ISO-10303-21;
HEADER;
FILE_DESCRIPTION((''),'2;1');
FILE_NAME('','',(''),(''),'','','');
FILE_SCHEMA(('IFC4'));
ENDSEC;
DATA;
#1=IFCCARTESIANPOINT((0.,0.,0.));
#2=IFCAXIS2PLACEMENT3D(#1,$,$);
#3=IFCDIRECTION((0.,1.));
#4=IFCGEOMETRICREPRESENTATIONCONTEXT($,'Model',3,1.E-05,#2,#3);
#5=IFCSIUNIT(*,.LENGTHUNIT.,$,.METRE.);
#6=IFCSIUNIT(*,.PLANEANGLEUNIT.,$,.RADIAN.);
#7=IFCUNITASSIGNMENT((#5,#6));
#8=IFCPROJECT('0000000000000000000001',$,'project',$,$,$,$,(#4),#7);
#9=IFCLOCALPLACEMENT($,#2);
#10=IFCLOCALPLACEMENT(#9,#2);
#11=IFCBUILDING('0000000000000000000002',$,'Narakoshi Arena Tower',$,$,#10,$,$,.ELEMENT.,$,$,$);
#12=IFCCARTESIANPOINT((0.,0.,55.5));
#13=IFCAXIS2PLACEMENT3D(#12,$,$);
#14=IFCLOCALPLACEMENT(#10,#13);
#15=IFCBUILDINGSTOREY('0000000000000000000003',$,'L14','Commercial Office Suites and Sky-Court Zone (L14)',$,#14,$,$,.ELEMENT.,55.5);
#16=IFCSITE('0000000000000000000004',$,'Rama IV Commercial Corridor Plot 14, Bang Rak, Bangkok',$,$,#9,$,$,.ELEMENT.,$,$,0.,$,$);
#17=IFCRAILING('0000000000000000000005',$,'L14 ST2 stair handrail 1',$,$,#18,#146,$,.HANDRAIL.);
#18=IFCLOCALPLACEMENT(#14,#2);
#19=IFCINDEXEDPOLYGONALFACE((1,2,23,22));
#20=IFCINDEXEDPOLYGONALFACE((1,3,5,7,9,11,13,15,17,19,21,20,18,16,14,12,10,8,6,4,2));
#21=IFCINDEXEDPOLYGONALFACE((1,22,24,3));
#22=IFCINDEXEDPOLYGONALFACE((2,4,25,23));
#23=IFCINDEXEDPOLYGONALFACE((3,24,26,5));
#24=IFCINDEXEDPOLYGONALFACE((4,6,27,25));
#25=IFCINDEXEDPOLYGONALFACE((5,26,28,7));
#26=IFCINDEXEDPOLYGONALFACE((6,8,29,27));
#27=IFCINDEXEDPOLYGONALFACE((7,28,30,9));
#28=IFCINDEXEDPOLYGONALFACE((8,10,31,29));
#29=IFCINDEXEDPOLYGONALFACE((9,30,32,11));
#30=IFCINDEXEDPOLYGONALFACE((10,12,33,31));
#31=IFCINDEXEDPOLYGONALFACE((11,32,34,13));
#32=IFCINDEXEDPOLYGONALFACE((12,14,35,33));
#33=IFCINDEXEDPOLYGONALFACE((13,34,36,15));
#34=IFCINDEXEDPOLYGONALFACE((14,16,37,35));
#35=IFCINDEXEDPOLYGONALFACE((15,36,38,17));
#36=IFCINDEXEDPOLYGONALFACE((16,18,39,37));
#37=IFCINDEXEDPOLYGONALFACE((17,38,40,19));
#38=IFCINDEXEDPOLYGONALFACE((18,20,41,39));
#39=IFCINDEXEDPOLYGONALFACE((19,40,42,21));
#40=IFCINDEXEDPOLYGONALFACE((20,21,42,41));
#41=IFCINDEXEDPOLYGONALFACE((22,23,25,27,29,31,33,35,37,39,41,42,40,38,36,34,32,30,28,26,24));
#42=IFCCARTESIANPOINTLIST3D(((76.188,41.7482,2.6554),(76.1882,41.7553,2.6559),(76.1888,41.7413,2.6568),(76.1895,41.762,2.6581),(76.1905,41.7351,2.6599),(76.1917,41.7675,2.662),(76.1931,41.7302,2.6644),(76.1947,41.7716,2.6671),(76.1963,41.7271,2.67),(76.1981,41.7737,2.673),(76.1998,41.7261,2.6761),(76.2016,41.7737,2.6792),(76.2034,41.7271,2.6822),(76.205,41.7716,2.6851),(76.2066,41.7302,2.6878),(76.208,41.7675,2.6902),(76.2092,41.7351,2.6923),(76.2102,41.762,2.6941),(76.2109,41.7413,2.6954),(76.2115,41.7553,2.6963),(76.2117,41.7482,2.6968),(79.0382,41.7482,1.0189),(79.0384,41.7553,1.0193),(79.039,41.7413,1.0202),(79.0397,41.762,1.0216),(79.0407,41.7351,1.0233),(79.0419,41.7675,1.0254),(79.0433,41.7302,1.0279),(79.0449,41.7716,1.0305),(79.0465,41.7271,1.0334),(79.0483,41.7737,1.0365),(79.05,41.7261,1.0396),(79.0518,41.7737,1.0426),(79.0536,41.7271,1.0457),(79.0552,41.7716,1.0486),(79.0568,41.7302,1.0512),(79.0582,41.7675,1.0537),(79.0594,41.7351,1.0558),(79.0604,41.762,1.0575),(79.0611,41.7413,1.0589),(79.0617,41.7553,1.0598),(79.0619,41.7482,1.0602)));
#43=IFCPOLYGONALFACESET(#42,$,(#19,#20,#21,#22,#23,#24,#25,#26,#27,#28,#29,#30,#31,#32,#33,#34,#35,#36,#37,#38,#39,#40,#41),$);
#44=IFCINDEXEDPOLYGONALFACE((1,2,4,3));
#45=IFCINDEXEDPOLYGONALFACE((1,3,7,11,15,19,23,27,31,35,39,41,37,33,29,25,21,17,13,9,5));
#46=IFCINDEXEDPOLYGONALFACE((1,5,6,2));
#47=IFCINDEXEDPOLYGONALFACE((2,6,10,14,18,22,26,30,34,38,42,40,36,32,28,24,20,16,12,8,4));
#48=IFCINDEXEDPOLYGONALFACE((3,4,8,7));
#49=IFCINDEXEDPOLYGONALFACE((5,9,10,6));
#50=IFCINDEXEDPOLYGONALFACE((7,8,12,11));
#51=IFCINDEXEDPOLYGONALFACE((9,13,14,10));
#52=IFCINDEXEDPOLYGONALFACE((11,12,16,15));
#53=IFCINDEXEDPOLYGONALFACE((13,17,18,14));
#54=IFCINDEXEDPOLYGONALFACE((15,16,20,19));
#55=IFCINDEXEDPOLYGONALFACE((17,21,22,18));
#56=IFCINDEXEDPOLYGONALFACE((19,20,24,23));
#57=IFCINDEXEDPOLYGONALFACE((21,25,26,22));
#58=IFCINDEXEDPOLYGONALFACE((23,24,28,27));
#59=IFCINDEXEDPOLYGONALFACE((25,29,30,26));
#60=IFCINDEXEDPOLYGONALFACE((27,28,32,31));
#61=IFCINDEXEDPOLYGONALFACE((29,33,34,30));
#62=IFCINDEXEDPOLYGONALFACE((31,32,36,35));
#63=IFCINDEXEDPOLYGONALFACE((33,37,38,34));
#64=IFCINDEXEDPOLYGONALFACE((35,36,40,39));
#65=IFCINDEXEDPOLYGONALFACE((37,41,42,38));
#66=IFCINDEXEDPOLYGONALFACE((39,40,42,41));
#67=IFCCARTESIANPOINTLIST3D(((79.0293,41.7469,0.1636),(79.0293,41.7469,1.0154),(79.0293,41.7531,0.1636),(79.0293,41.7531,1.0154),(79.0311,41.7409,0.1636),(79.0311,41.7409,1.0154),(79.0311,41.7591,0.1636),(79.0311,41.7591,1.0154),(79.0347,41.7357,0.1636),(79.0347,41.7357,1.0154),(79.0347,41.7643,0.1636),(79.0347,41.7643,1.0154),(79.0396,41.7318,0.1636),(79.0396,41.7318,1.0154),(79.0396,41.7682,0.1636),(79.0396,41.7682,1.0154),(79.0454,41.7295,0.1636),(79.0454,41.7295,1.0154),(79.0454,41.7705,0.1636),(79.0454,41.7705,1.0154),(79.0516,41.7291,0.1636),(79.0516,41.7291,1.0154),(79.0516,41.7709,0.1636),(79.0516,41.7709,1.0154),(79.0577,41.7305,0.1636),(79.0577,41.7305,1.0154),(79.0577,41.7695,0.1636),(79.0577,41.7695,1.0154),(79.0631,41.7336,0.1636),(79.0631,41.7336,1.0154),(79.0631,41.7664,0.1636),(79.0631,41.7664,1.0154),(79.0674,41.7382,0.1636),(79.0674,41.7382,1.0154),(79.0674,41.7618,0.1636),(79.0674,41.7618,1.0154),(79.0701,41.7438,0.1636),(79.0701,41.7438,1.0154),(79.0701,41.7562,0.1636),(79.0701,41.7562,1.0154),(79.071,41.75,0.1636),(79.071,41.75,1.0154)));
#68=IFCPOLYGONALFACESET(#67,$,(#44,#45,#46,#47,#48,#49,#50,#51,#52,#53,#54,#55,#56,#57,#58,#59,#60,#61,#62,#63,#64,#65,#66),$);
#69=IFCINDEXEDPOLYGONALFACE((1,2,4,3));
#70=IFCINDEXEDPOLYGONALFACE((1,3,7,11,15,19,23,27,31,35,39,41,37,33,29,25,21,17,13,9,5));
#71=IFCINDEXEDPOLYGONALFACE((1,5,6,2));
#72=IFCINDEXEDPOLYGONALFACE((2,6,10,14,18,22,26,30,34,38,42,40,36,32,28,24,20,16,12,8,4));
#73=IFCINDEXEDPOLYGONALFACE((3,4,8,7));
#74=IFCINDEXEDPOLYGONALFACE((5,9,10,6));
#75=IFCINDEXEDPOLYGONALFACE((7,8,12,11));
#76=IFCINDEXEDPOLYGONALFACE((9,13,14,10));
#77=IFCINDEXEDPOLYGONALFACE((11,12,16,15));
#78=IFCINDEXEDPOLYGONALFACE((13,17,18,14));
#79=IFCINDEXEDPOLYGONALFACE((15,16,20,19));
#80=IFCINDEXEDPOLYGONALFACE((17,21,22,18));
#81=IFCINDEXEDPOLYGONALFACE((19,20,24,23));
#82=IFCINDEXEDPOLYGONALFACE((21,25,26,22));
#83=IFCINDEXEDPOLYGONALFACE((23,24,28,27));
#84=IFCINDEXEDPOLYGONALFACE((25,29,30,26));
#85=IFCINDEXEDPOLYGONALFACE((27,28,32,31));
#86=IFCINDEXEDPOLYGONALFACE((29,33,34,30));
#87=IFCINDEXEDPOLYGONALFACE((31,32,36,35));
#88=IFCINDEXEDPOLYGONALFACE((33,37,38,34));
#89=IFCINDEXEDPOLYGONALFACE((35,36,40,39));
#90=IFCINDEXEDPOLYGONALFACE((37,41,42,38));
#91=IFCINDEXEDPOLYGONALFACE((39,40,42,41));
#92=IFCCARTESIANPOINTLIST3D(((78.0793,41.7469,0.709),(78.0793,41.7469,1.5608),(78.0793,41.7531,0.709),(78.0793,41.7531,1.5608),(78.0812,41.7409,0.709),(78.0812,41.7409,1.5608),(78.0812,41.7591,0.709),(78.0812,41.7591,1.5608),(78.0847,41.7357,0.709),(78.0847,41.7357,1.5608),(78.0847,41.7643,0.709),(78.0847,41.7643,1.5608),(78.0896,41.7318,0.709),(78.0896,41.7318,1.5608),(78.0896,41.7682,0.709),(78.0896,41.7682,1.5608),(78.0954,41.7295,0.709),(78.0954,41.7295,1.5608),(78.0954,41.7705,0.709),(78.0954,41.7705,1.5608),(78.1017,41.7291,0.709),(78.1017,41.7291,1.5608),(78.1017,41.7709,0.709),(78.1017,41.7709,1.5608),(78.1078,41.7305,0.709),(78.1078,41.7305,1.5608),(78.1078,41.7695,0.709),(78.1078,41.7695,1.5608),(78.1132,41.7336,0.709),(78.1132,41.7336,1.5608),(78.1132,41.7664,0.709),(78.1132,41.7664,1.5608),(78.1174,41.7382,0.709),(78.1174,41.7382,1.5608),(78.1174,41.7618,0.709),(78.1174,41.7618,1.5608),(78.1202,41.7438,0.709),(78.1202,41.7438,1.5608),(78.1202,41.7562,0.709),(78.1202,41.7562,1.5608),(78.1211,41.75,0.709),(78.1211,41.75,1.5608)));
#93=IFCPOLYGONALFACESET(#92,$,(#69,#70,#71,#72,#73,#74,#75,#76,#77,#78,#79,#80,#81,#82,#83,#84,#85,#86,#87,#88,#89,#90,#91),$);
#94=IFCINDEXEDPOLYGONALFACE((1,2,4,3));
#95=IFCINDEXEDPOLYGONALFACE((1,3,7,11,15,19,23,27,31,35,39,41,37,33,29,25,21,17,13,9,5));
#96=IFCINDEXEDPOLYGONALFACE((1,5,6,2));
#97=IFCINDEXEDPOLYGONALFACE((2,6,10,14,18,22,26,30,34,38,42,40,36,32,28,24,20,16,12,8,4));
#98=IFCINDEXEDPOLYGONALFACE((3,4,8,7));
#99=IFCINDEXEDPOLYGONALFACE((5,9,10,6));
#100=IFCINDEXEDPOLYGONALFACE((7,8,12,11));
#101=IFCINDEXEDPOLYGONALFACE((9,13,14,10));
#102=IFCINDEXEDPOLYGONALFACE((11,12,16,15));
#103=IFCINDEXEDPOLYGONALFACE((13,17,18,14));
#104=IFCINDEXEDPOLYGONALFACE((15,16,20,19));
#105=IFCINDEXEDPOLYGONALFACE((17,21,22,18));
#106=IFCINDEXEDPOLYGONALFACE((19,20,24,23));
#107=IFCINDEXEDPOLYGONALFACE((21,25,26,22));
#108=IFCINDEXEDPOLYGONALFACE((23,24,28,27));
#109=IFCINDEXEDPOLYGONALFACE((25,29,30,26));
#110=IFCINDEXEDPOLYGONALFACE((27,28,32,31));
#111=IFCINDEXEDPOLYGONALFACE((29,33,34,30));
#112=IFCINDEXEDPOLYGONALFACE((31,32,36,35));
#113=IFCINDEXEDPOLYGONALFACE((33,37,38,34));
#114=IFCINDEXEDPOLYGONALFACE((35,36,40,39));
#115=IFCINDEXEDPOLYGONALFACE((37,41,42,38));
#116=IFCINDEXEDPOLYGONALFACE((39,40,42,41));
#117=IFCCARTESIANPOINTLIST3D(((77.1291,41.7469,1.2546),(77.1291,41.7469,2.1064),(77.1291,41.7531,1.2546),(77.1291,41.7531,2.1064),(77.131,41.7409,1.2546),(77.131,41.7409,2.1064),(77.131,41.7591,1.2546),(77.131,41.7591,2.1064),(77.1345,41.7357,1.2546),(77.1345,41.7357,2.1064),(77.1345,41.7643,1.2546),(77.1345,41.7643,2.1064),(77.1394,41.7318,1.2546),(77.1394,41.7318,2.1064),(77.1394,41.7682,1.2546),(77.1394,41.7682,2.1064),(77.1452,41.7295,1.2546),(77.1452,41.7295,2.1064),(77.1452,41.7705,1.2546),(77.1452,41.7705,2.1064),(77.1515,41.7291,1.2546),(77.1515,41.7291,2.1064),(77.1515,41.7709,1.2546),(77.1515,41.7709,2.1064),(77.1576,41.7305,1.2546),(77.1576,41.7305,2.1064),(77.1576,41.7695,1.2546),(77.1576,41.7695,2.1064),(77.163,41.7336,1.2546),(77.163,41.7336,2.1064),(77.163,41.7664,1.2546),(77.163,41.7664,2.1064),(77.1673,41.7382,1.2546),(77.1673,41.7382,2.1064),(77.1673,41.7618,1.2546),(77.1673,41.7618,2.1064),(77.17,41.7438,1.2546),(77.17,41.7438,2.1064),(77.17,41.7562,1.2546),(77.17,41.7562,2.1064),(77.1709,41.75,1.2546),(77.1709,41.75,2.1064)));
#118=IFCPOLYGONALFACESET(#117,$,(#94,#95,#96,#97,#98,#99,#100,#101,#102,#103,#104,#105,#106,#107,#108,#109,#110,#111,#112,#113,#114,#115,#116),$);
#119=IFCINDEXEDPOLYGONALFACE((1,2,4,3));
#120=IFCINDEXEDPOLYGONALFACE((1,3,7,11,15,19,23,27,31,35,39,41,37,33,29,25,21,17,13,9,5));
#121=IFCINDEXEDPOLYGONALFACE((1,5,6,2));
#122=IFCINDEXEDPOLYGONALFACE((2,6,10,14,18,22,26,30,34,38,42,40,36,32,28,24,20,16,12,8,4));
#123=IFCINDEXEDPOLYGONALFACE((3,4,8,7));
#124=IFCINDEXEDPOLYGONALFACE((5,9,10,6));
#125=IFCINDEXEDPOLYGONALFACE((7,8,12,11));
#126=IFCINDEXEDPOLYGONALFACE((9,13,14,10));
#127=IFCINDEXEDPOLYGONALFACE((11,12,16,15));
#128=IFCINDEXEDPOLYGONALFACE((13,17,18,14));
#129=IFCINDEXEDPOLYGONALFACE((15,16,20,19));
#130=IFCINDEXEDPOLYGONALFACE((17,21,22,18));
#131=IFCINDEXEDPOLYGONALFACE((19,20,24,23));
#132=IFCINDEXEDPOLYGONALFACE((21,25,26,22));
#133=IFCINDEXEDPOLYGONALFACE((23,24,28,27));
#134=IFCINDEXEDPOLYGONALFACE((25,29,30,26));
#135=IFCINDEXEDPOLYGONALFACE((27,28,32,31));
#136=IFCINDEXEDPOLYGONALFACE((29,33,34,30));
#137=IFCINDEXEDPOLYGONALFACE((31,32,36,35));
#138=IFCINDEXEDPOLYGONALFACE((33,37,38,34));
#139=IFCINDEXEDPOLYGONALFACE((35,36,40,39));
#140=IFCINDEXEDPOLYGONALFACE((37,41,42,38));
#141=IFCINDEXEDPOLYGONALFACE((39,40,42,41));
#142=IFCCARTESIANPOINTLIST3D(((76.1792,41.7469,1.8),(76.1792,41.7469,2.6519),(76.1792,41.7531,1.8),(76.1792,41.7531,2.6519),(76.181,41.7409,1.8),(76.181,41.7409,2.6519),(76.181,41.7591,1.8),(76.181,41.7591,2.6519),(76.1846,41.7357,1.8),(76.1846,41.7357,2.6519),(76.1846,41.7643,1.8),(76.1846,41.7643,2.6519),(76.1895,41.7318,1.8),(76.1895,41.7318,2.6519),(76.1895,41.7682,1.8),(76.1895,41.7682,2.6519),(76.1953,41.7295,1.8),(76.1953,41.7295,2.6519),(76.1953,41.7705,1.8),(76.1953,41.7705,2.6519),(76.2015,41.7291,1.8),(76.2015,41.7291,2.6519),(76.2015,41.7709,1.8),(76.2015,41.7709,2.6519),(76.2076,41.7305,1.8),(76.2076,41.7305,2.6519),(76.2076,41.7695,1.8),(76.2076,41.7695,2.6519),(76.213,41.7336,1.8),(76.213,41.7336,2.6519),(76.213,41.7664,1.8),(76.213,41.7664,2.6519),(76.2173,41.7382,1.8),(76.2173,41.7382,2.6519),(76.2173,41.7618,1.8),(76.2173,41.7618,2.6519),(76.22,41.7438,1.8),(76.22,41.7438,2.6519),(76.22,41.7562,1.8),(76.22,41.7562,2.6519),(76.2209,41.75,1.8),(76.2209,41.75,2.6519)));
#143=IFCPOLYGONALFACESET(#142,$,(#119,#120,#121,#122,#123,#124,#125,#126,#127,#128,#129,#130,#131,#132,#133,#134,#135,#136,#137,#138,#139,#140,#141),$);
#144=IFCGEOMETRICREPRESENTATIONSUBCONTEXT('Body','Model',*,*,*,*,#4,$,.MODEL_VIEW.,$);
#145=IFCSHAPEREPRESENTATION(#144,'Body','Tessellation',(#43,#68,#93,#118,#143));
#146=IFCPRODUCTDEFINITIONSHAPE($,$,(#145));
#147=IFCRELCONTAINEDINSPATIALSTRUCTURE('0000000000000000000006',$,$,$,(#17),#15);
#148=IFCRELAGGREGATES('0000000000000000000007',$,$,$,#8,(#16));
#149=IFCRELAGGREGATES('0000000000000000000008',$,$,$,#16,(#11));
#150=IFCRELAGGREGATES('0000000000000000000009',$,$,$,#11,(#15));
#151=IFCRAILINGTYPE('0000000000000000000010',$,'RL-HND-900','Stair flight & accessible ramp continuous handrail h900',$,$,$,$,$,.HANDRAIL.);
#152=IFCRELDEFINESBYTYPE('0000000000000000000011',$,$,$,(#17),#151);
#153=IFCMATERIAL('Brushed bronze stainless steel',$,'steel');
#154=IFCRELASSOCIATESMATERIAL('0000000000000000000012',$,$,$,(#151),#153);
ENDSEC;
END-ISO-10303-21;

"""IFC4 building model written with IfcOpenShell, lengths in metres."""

from ifc_helpers import new_model, si_unit, direction, frame, origin, origin_2d, place, context, subcontext, project, spatial, circle, extrude, material, type_object, element, save


model = new_model("IFC4")

# Units and contexts
model_context = context("Model", 3, precision=1e-05, world=origin(), true_north=direction((0.0, 1.0)))
body_context = subcontext(model_context, "Body", "Model", "MODEL_VIEW")
ifc_project = project(units=[si_unit("LENGTHUNIT", "METRE"), si_unit("PLANEANGLEUNIT", "RADIAN")], contexts=[model_context])

# Site, building, storey
site_placement = place(None, origin())
site = spatial("IfcSite", under=ifc_project, at=site_placement, Name="Rama IV Commercial Corridor Plot 14, Bang Rak, Bangkok", CompositionType="ELEMENT", RefElevation=0.0)
building_placement = place(site_placement, origin())
building = spatial("IfcBuilding", under=site, at=building_placement, Name="Narakoshi Arena Tower", CompositionType="ELEMENT")
storey_placement = place(building_placement, frame((0.0, 0.0, 55.5)))
storey = spatial("IfcBuildingStorey", under=building, at=storey_placement, Name="L14", Description="Commercial Office Suites and Sky-Court Zone (L14)", CompositionType="ELEMENT", Elevation=55.5)

# Shared definitions
ifc_material_1 = material(Name="Brushed bronze stainless steel", Category="steel")

# Railing
railing_type_1 = type_object("IfcRailingType", Name="RL-HND-900", Description="Stair flight & accessible ramp continuous handrail h900", PredefinedType="HANDRAIL", material=ifc_material_1)
railing_1_placement = place(storey_placement, frame((79.05, 41.75, 0.1636)))
element("IfcRailing", 1, at=railing_1_placement, inside=storey, type_object=railing_type_1, Name="L14 ST2 stair handrail 1", PredefinedType="HANDRAIL", context=body_context, shape_type="SweptSolid", body=[
    extrude(circle(Radius=0.0239, at=origin_2d()), frame((0.0, 0.0, 0.876), z_axis=(-0.867213, 0.0, 0.497938), x_axis=(0.0, -1.0, 0.0)), (0.0, 0.0, 1.0), 3.2866),
    extrude(circle(Radius=0.021, at=origin_2d()), origin(), (0.0, 0.0, 1.0), 0.8518),
    extrude(circle(Radius=0.021, at=origin_2d()), frame((-0.95, 0.0, 0.5454)), (0.0, 0.0, 1.0), 0.8518),
    extrude(circle(Radius=0.021, at=origin_2d()), frame((-1.9001, 0.0, 1.0911)), (0.0, 0.0, 1.0), 0.8518),
    extrude(circle(Radius=0.021, at=origin_2d()), frame((-2.8501, 0.0, 1.6365)), (0.0, 0.0, 1.0), 0.8518),
])

save(model, "model.ifc")
